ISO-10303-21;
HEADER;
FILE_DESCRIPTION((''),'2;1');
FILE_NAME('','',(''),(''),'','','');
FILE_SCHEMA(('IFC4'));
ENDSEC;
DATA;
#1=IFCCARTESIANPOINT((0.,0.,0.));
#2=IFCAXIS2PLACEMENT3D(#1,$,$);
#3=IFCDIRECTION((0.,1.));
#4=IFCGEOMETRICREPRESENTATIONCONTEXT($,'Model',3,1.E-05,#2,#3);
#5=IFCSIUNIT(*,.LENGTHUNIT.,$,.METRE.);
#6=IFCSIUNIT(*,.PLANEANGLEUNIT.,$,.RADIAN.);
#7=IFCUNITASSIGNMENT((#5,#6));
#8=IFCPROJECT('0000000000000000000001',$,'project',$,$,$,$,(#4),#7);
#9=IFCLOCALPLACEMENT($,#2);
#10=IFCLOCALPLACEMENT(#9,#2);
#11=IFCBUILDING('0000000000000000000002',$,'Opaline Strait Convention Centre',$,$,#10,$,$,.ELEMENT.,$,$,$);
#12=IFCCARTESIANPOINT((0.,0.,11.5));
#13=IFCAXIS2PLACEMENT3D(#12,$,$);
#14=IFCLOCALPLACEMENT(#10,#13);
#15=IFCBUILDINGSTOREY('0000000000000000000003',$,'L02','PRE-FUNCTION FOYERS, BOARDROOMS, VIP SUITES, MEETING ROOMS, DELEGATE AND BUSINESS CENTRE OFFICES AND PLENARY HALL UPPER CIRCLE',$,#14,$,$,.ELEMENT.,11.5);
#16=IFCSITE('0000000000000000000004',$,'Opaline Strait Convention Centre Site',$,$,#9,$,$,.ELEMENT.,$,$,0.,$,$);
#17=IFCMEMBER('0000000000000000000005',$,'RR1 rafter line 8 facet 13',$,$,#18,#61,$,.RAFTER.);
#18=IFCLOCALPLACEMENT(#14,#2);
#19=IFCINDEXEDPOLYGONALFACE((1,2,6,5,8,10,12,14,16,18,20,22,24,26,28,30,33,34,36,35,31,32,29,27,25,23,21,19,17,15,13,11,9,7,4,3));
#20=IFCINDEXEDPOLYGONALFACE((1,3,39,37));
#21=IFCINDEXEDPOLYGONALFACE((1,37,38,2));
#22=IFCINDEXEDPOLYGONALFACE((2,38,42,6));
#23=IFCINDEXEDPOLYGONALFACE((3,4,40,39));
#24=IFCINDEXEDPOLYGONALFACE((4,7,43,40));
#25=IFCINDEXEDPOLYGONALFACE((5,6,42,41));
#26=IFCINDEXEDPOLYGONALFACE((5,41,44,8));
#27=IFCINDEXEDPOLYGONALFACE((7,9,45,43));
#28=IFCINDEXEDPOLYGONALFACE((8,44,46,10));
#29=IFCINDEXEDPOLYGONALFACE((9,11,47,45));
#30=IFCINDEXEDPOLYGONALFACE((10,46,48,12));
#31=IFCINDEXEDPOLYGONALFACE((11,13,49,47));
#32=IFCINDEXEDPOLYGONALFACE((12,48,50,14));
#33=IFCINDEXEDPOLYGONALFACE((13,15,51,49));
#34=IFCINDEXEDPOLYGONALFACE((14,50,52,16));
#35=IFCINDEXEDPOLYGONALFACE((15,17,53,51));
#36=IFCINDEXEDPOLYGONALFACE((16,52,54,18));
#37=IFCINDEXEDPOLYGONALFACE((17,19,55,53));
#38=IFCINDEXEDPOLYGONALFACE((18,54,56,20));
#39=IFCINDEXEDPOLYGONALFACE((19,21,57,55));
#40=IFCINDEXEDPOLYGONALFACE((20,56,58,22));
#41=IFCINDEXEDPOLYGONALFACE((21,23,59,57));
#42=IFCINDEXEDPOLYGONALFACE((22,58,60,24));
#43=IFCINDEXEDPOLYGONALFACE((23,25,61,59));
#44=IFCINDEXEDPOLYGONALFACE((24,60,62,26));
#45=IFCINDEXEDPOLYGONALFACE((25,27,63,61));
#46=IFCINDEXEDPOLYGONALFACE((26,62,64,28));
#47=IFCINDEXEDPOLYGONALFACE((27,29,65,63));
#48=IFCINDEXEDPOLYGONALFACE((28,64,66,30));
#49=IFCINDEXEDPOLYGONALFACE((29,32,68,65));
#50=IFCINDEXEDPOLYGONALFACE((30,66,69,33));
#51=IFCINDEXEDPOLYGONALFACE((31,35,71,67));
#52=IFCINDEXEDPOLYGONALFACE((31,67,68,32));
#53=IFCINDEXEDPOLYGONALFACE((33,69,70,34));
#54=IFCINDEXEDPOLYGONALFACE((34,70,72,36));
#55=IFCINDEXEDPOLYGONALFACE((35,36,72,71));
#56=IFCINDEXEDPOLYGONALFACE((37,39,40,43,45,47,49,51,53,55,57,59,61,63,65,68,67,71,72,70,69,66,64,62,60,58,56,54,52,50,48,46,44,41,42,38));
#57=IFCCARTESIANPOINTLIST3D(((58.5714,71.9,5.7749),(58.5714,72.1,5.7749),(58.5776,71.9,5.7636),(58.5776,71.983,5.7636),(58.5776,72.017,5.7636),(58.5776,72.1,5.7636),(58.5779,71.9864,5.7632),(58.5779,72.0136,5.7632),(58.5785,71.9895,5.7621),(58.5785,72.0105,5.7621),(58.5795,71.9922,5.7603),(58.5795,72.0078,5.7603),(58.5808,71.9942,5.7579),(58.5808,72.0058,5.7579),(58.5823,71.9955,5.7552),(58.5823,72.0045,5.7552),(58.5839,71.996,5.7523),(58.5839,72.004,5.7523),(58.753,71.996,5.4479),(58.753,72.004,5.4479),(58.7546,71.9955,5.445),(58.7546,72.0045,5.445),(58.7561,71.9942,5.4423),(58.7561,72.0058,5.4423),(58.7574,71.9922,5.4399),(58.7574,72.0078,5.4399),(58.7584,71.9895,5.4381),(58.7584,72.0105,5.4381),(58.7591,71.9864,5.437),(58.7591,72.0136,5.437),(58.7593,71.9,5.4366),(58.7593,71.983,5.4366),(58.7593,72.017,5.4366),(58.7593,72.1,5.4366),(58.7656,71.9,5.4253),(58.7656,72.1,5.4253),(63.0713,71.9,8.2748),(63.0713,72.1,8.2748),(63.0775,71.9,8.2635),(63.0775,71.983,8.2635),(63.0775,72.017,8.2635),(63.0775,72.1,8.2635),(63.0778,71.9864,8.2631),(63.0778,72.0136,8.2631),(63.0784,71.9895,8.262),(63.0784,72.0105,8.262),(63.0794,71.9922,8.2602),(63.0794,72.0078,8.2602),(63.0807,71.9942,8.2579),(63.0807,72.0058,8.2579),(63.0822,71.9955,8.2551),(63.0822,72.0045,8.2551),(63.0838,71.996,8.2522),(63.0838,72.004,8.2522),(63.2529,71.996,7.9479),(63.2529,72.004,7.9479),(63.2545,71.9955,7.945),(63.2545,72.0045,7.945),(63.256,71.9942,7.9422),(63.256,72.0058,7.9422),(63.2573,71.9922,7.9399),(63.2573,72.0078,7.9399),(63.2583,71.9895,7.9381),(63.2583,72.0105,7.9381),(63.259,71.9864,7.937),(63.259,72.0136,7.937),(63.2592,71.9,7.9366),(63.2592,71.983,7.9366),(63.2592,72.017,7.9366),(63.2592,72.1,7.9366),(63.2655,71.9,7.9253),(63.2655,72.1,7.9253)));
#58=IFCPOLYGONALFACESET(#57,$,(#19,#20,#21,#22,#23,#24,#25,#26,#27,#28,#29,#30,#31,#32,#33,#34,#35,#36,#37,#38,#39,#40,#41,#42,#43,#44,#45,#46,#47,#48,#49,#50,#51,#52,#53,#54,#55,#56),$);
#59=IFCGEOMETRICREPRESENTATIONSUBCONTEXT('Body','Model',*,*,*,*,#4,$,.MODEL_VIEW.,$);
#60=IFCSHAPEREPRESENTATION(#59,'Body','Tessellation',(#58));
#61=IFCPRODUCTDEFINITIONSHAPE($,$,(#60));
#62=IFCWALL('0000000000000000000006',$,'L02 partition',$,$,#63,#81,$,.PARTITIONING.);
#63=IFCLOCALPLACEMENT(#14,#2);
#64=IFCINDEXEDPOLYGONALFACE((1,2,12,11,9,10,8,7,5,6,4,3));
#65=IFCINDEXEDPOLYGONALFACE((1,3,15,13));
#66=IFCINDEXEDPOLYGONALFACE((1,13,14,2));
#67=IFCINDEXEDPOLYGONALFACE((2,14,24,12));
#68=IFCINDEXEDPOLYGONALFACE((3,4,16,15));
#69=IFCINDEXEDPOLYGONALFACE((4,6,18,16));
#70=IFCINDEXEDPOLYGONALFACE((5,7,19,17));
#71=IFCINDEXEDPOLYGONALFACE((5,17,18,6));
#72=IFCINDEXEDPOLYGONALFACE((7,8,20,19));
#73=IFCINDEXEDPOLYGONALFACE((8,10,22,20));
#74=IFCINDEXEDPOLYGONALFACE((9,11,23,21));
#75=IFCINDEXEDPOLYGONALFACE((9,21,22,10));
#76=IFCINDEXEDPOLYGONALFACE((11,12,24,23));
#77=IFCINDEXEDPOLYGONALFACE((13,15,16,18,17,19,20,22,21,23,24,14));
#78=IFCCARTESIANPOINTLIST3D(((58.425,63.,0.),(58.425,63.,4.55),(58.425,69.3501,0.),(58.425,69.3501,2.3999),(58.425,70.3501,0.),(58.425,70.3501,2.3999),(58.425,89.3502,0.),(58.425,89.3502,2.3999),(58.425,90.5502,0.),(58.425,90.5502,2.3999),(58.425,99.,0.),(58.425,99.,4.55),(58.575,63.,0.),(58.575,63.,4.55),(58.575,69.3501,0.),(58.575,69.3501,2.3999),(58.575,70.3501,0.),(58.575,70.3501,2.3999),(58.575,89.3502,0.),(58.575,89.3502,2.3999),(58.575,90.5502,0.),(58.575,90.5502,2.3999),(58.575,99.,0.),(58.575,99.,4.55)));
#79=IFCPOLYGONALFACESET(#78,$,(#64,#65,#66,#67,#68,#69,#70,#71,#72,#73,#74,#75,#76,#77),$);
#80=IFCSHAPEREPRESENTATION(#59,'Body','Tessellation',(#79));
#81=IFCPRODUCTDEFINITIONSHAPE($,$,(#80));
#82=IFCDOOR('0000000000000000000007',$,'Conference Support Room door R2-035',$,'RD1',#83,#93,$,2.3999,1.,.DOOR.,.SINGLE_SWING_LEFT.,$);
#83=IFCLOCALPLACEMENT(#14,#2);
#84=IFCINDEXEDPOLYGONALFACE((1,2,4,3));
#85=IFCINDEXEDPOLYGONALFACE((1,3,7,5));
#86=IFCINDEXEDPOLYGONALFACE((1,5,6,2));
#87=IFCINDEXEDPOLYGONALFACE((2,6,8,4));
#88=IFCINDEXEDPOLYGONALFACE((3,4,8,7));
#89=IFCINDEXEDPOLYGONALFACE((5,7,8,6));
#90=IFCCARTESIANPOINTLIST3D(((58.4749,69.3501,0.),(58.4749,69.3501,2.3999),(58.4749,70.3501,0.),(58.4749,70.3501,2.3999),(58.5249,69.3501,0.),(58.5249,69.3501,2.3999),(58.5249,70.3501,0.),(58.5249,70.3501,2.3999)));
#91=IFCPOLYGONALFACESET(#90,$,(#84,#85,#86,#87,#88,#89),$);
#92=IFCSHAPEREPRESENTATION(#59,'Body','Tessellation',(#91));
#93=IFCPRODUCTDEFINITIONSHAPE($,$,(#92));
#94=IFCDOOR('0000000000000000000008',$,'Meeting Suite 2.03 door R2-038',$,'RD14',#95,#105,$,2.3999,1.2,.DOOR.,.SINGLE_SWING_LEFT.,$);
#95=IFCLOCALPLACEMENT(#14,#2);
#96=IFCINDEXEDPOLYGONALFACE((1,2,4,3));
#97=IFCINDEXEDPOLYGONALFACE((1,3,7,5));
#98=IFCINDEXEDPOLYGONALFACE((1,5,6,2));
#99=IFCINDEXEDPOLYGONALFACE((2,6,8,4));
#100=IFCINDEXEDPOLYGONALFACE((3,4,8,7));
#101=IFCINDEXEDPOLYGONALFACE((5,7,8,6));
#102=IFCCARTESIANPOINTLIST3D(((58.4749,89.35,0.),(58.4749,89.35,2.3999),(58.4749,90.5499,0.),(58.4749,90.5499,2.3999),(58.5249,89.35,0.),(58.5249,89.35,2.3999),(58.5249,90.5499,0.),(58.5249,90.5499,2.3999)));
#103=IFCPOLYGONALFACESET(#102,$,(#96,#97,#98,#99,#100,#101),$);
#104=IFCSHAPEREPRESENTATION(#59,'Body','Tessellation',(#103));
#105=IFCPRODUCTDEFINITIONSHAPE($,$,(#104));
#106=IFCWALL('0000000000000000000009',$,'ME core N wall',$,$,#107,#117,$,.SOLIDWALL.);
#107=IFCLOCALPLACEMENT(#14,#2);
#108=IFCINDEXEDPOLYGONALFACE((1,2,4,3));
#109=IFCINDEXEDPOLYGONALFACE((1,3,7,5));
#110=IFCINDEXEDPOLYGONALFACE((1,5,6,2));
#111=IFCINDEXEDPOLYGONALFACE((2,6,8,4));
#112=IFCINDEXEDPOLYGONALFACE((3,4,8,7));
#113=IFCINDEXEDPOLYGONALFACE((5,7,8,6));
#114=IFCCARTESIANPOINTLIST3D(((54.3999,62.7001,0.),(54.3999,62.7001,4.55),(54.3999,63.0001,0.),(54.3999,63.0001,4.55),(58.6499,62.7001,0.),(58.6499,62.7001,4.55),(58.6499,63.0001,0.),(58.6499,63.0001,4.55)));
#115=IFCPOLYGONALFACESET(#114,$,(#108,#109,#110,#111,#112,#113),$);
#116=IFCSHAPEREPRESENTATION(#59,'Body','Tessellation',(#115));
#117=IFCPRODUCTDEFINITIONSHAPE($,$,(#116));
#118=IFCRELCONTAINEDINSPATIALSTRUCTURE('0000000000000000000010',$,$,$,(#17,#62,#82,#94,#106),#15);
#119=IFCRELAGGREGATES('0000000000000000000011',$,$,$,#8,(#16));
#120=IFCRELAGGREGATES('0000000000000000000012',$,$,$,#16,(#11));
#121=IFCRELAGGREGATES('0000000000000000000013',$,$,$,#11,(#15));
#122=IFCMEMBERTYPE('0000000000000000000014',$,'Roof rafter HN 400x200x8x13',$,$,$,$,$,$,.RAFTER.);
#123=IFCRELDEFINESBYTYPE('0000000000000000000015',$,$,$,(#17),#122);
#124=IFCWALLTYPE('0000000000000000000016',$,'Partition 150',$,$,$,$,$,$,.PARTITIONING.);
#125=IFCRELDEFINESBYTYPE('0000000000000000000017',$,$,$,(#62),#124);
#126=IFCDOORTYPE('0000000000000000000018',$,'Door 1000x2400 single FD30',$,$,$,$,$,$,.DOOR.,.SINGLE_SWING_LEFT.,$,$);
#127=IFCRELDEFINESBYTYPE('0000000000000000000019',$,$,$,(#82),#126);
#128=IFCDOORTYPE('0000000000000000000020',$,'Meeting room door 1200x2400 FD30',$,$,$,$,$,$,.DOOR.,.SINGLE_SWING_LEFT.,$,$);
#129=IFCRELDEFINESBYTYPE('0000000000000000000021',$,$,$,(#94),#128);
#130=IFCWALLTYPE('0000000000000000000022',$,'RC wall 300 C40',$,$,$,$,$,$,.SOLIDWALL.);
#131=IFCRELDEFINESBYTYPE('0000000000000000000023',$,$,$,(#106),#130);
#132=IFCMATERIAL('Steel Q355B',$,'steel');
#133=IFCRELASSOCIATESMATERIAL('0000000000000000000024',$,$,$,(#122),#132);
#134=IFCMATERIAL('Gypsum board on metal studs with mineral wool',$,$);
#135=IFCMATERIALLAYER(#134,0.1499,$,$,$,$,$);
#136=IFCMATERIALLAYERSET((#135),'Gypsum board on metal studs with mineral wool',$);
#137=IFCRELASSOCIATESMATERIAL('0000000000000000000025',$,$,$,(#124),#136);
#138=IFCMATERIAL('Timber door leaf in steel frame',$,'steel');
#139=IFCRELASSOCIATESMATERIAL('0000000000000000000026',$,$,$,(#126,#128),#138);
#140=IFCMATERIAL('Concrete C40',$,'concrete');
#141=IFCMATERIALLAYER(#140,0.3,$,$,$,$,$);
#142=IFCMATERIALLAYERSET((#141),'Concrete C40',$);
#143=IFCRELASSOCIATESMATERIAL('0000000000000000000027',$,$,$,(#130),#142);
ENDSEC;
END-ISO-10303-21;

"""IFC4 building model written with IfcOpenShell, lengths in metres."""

from ifc_helpers import new_model, si_unit, direction, frame, frame_2d, origin, origin_2d, place, context, subcontext, project, spatial, rectangle, i_section, extrude, material, layer, layer_set, material_profile, profile_set, type_object, element, fill, save


model = new_model("IFC4")

# Units and contexts
model_context = context("Model", 3, precision=1e-05, world=origin(), true_north=direction((0.0, 1.0)))
body_context = subcontext(model_context, "Body", "Model", "MODEL_VIEW")
ifc_project = project(units=[si_unit("LENGTHUNIT", "METRE"), si_unit("PLANEANGLEUNIT", "RADIAN")], contexts=[model_context])

# Site, building, storey
site_placement = place(None, origin())
site = spatial("IfcSite", under=ifc_project, at=site_placement, Name="Opaline Strait Convention Centre Site", CompositionType="ELEMENT", RefElevation=0.0)
building_placement = place(site_placement, origin())
building = spatial("IfcBuilding", under=site, at=building_placement, Name="Opaline Strait Convention Centre", CompositionType="ELEMENT")
storey_placement = place(building_placement, frame((0.0, 0.0, 11.5)))
storey = spatial("IfcBuildingStorey", under=building, at=storey_placement, Name="L02", Description="PRE-FUNCTION FOYERS, BOARDROOMS, VIP SUITES, MEETING ROOMS, DELEGATE AND BUSINESS CENTRE OFFICES AND PLENARY HALL UPPER CIRCLE", CompositionType="ELEMENT", Elevation=11.5)

# Shared definitions
ifc_material_1 = material(Name="Concrete C40", Category="concrete")

# Shared definitions
ifc_material_2 = material(Name="Steel Q355B", Category="steel")

# Member
ifc_material_profile_1 = material_profile(ifc_material_2, i_section(OverallWidth=0.2, OverallDepth=0.3999, WebThickness=0.0081, FlangeThickness=0.0129, FilletRadius=0.0129, at=origin_2d()), Name="HN 400x200x8x13")
ifc_profile_set_1 = profile_set([ifc_material_profile_1], Name="Steel Q355B")
member_type_1 = type_object("IfcMemberType", Name="Roof rafter HN 400x200x8x13", PredefinedType="RAFTER", material=ifc_profile_set_1)
for number, where, z_axis, x_axis, name in (
    (1, (58.6685, 72.0, 5.6001), (0.874157, 0.0, 0.485643), (0.0, 1.0, 0.0), "RR1 rafter line 8 facet 13"),
):
    element("IfcMember", number, at=place(storey_placement, frame(where, z_axis=z_axis, x_axis=x_axis)), inside=storey, type_object=member_type_1, Name=name, PredefinedType="RAFTER", context=body_context, shape_type="SweptSolid", body=[
        extrude(i_section(OverallWidth=0.2, OverallDepth=0.3999, WebThickness=0.0081, FlangeThickness=0.0129, FilletRadius=0.0129, at=origin_2d()), origin(), (0.0, 0.0, 1.0), 5.1477),
    ])

# Wall, openings, doors
ifc_material_3 = material(Name="Gypsum board on metal studs with mineral wool")
ifc_layer_1 = layer(ifc_material_3, 0.1499)
ifc_layer_set_1 = layer_set([ifc_layer_1], Name="Gypsum board on metal studs with mineral wool")
wall_type_1 = type_object("IfcWallType", Name="Partition 150", PredefinedType="PARTITIONING", material=ifc_layer_set_1)
wall_1_placement = place(storey_placement, frame((58.5, 63.0, 0.0), z_axis=(0.0, 0.0, 1.0), x_axis=(0.0, 1.0, 0.0)))
wall_1 = element("IfcWall", 2, at=wall_1_placement, inside=storey, type_object=wall_type_1, Name="L02 partition", PredefinedType="PARTITIONING", context=body_context, shape_type="SweptSolid", body=[
    extrude(rectangle(XDim=36.0, YDim=0.1499, at=frame_2d((18.0, 0.0))), origin(), (0.0, 0.0, 1.0), 4.55),
])
opening_1_placement = place(wall_1_placement, frame((6.3501, 0.0, 0.0)))
opening_1 = element("IfcOpeningElement", 3, at=opening_1_placement, cuts=wall_1, PredefinedType="OPENING", context=body_context, shape_type="SweptSolid", body=[
    extrude(rectangle(XDim=1.0, YDim=2.3999, at=frame_2d((0.5, 1.2))), frame((0.0, 0.085, 0.0), z_axis=(0.0, -1.0, 0.0), x_axis=(1.0, 0.0, 0.0)), (0.0, 0.0, 1.0), 0.1699),
])
opening_2_placement = place(wall_1_placement, frame((26.3501, 0.0, 0.0)))
opening_2 = element("IfcOpeningElement", 4, at=opening_2_placement, cuts=wall_1, PredefinedType="OPENING", context=body_context, shape_type="SweptSolid", body=[
    extrude(rectangle(XDim=1.2, YDim=2.3999, at=frame_2d((0.6001, 1.2))), frame((0.0, 0.085, 0.0), z_axis=(0.0, -1.0, 0.0), x_axis=(1.0, 0.0, 0.0)), (0.0, 0.0, 1.0), 0.1699),
])
ifc_material_4 = material(Name="Timber door leaf in steel frame", Category="steel")
door_type_1 = type_object("IfcDoorType", Name="Door 1000x2400 single FD30", OperationType="SINGLE_SWING_LEFT", PredefinedType="DOOR", material=ifc_material_4)
door_1_placement = place(opening_1_placement, frame((1.0, 0.0, 0.0), z_axis=(0.0, 0.0, 1.0), x_axis=(-1.0, 0.0, 0.0)))
door_1 = element("IfcDoor", 5, at=door_1_placement, inside=storey, type_object=door_type_1, Name="Conference Support Room door R2-035", ObjectType="RD1", OperationType="SINGLE_SWING_LEFT", OverallHeight=2.3999, OverallWidth=1.0, PredefinedType="DOOR", context=body_context, shape_type="SweptSolid", body=[
    extrude(rectangle(XDim=1.0, YDim=2.3999, at=frame_2d((0.5, 1.2))), frame((0.0, 0.0249, 0.0), z_axis=(0.0, -1.0, 0.0), x_axis=(1.0, 0.0, 0.0)), (0.0, 0.0, 1.0), 0.05),
])
fill(opening_1, door_1)
door_type_2 = type_object("IfcDoorType", Name="Meeting room door 1200x2400 FD30", OperationType="SINGLE_SWING_LEFT", PredefinedType="DOOR", material=ifc_material_4)
door_2_placement = place(opening_2_placement, frame((1.2, 0.0, 0.0), z_axis=(0.0, 0.0, 1.0), x_axis=(-1.0, 0.0, 0.0)))
door_2 = element("IfcDoor", 6, at=door_2_placement, inside=storey, type_object=door_type_2, Name="Meeting Suite 2.03 door R2-038", ObjectType="RD14", OperationType="SINGLE_SWING_LEFT", OverallHeight=2.3999, OverallWidth=1.2, PredefinedType="DOOR", context=body_context, shape_type="SweptSolid", body=[
    extrude(rectangle(XDim=1.2, YDim=2.3999, at=frame_2d((0.6001, 1.2))), frame((0.0, 0.0249, 0.0), z_axis=(0.0, -1.0, 0.0), x_axis=(1.0, 0.0, 0.0)), (0.0, 0.0, 1.0), 0.05),
])
fill(opening_2, door_2)

# Wall
ifc_layer_2 = layer(ifc_material_1, 0.3)
ifc_layer_set_2 = layer_set([ifc_layer_2], Name="Concrete C40")
wall_type_2 = type_object("IfcWallType", Name="RC wall 300 C40", PredefinedType="SOLIDWALL", material=ifc_layer_set_2)
wall_2_placement = place(storey_placement, frame((54.3999, 62.8501, 0.0), z_axis=(0.0, 0.0, 1.0), x_axis=(1.0, 0.0, 0.0)))
element("IfcWall", 7, at=wall_2_placement, inside=storey, type_object=wall_type_2, Name="ME core N wall", PredefinedType="SOLIDWALL", context=body_context, shape_type="SweptSolid", body=[
    extrude(rectangle(XDim=4.25, YDim=0.3, at=frame_2d((2.125, 0.0))), origin(), (0.0, 0.0, 1.0), 4.55),
])

save(model, "model.ifc")
